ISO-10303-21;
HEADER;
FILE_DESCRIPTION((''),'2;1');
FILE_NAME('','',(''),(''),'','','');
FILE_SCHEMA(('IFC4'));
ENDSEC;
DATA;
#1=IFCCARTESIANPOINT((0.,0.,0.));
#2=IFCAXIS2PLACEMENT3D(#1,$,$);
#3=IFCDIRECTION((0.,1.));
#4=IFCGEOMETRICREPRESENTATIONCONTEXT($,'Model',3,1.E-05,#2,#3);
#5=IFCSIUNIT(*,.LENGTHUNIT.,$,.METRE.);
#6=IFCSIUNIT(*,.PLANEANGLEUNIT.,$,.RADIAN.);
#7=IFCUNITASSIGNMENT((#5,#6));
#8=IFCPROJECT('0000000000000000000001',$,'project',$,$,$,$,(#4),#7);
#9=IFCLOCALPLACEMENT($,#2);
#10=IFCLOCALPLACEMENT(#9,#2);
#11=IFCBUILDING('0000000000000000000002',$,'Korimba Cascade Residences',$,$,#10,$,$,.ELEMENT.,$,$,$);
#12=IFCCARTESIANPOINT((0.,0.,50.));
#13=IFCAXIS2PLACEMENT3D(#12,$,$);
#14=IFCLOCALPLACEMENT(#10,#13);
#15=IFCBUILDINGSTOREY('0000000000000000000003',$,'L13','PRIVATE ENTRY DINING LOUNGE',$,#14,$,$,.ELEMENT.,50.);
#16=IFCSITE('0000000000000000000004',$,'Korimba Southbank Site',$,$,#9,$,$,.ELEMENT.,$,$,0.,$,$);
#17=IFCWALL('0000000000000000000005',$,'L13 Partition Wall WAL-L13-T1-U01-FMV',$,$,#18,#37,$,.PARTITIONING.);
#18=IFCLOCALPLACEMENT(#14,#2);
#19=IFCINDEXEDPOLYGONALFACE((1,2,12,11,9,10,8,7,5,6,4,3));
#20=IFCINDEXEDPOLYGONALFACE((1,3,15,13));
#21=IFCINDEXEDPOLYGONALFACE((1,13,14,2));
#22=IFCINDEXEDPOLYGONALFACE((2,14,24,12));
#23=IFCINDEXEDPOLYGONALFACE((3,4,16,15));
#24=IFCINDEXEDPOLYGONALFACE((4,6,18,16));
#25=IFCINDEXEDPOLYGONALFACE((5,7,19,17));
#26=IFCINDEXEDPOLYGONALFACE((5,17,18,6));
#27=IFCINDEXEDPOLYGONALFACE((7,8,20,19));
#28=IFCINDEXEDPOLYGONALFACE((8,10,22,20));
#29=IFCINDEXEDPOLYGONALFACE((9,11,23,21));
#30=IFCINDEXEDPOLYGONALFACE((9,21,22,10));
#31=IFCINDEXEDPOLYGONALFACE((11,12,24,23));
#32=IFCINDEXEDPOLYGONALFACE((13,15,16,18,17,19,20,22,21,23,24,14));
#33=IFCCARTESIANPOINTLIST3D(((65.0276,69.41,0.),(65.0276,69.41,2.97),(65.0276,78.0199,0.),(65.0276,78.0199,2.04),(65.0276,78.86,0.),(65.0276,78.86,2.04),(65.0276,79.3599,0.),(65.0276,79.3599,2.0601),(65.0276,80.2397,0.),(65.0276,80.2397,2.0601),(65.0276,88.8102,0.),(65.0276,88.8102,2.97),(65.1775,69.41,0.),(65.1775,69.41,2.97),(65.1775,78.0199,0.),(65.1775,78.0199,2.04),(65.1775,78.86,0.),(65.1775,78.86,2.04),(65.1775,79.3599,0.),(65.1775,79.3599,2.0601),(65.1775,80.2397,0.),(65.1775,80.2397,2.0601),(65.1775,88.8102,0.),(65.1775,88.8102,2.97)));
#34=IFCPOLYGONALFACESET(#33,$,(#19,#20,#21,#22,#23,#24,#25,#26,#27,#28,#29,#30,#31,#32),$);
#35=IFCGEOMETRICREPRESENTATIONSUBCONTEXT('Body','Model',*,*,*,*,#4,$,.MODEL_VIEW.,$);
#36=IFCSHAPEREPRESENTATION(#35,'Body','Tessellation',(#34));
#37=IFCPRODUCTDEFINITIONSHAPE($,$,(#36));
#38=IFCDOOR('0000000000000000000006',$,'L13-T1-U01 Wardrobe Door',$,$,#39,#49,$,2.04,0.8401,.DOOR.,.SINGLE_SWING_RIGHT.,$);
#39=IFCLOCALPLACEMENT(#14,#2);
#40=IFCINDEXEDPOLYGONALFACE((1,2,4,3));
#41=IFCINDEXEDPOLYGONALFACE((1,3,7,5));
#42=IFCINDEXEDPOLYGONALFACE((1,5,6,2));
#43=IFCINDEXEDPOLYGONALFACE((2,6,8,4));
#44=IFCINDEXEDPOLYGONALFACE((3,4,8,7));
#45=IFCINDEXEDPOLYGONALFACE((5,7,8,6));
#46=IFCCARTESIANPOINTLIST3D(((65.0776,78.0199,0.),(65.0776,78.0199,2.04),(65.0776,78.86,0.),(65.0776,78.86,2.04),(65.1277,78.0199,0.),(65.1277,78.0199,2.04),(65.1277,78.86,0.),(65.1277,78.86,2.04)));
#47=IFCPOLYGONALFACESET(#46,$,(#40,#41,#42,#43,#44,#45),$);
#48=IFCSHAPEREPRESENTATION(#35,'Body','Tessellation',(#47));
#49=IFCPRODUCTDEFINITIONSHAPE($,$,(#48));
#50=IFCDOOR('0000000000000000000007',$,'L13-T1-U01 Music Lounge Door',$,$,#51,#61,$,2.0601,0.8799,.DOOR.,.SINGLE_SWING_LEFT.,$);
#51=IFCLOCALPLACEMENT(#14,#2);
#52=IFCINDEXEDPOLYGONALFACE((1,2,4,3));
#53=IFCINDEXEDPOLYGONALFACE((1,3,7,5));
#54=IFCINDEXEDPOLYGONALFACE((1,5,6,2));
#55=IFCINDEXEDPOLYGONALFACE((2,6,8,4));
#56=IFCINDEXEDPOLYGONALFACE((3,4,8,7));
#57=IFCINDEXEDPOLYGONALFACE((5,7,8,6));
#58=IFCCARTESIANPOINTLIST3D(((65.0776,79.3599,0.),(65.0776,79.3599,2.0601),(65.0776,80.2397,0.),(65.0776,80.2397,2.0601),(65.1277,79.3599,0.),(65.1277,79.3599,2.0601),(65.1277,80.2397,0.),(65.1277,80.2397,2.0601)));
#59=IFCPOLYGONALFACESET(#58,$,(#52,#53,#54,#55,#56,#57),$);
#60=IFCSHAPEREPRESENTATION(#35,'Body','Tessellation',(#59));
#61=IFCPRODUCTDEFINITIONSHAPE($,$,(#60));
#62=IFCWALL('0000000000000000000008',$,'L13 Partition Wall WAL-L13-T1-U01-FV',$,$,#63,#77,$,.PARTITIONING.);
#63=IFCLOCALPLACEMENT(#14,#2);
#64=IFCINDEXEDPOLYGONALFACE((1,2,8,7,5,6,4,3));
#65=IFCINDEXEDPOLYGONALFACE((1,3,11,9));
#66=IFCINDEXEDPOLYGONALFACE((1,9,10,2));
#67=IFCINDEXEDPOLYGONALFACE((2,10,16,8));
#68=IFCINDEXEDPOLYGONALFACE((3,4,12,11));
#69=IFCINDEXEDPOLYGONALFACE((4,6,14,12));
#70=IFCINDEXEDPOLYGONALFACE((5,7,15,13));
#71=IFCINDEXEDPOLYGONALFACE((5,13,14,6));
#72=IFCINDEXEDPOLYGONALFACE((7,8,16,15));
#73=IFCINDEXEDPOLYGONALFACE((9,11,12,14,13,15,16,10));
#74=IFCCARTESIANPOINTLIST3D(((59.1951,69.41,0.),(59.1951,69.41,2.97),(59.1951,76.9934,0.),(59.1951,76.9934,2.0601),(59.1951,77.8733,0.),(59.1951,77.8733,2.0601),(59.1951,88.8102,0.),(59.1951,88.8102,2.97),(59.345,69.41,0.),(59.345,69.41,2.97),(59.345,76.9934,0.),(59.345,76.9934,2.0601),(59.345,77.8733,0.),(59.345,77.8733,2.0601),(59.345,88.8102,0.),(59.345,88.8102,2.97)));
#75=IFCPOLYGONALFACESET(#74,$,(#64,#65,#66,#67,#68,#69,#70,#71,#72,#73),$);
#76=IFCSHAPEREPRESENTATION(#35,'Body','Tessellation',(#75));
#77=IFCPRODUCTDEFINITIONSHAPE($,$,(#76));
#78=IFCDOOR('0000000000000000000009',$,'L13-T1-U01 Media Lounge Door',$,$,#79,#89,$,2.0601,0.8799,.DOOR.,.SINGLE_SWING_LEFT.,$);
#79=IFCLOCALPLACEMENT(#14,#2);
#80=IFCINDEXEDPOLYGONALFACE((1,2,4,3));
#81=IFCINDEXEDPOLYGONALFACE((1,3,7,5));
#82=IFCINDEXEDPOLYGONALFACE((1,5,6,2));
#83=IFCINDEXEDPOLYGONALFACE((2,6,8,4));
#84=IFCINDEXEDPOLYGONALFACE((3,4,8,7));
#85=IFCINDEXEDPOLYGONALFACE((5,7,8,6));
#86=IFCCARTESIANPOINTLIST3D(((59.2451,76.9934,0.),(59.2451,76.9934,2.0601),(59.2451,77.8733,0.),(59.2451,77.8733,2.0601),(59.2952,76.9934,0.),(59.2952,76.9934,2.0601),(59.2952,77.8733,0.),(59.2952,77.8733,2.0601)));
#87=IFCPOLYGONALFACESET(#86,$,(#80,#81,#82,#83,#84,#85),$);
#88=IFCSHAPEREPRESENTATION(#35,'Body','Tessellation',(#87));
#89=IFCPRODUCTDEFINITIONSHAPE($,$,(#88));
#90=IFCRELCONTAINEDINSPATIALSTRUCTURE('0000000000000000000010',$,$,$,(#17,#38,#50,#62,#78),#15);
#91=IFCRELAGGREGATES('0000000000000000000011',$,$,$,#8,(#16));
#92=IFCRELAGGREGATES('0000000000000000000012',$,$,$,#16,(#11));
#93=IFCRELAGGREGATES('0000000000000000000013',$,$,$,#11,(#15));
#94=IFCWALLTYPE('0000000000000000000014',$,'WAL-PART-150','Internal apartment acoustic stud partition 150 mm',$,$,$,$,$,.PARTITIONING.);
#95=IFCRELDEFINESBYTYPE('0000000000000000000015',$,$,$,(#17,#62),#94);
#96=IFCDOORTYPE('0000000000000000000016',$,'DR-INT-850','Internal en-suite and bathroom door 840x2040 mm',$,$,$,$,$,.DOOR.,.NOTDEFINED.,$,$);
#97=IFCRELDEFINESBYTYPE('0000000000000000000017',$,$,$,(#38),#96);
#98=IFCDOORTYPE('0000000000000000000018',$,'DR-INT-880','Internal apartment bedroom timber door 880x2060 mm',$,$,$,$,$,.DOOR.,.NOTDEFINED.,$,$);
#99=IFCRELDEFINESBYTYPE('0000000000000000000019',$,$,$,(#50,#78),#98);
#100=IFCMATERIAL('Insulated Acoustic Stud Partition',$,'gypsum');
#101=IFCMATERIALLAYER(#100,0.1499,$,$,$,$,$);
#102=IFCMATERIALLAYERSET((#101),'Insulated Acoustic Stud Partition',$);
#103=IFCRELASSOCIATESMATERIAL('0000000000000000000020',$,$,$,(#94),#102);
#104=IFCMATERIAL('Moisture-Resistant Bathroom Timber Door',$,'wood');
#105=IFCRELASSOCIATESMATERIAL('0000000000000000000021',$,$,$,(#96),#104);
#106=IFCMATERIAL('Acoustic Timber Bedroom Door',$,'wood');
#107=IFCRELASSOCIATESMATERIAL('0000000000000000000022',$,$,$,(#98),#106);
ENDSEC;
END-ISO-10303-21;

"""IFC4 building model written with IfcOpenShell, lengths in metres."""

from ifc_helpers import new_model, si_unit, direction, frame, frame_2d, origin, place, context, subcontext, project, spatial, rectangle, extrude, material, layer, layer_set, type_object, element, fill, save


model = new_model("IFC4")

# Units and contexts
model_context = context("Model", 3, precision=1e-05, world=origin(), true_north=direction((0.0, 1.0)))
body_context = subcontext(model_context, "Body", "Model", "MODEL_VIEW")
ifc_project = project(units=[si_unit("LENGTHUNIT", "METRE"), si_unit("PLANEANGLEUNIT", "RADIAN")], contexts=[model_context])

# Site, building, storey
site_placement = place(None, origin())
site = spatial("IfcSite", under=ifc_project, at=site_placement, Name="Korimba Southbank Site", CompositionType="ELEMENT", RefElevation=0.0)
building_placement = place(site_placement, origin())
building = spatial("IfcBuilding", under=site, at=building_placement, Name="Korimba Cascade Residences", CompositionType="ELEMENT")
storey_placement = place(building_placement, frame((0.0, 0.0, 50.0)))
storey = spatial("IfcBuildingStorey", under=building, at=storey_placement, Name="L13", Description="PRIVATE ENTRY DINING LOUNGE", CompositionType="ELEMENT", Elevation=50.0)

# Shared definitions
ifc_material_1 = material(Name="Insulated Acoustic Stud Partition", Category="gypsum")
ifc_layer_1 = layer(ifc_material_1, 0.1499)
ifc_layer_set_1 = layer_set([ifc_layer_1], Name="Insulated Acoustic Stud Partition")
wall_type_1 = type_object("IfcWallType", Name="WAL-PART-150", Description="Internal apartment acoustic stud partition 150 mm", PredefinedType="PARTITIONING", material=ifc_layer_set_1)
ifc_material_2 = material(Name="Moisture-Resistant Bathroom Timber Door", Category="wood")
door_type_1 = type_object("IfcDoorType", Name="DR-INT-850", Description="Internal en-suite and bathroom door 840x2040 mm", OperationType="NOTDEFINED", PredefinedType="DOOR", material=ifc_material_2)

# Wall, openings, doors
wall_1_placement = place(storey_placement, frame((65.1025, 69.4099, 0.0), z_axis=(0.0, 0.0, 1.0), x_axis=(0.0, 1.0, 0.0)))
wall_1 = element("IfcWall", 1, at=wall_1_placement, inside=storey, type_object=wall_type_1, Name="L13 Partition Wall WAL-L13-T1-U01-FMV", PredefinedType="PARTITIONING", context=body_context, shape_type="SweptSolid", body=[
    extrude(rectangle(XDim=19.4001, YDim=0.1499, at=frame_2d((9.7002, 0.0))), origin(), (0.0, 0.0, 1.0), 2.97),
])
opening_1_placement = place(wall_1_placement, frame((8.6101, 0.0, 0.0)))
opening_1 = element("IfcOpeningElement", 2, at=opening_1_placement, cuts=wall_1, PredefinedType="OPENING", context=body_context, shape_type="SweptSolid", body=[
    extrude(rectangle(XDim=0.8401, YDim=2.04, at=frame_2d((0.4199, 1.02))), frame((0.0, 0.085, 0.0), z_axis=(0.0, -1.0, 0.0), x_axis=(1.0, 0.0, 0.0)), (0.0, 0.0, 1.0), 0.1699),
])
opening_2_placement = place(wall_1_placement, frame((9.95, 0.0, 0.0)))
opening_2 = element("IfcOpeningElement", 3, at=opening_2_placement, cuts=wall_1, PredefinedType="OPENING", context=body_context, shape_type="SweptSolid", body=[
    extrude(rectangle(XDim=0.8799, YDim=2.0601, at=frame_2d((0.4399, 1.03))), frame((0.0, 0.085, 0.0), z_axis=(0.0, -1.0, 0.0), x_axis=(1.0, 0.0, 0.0)), (0.0, 0.0, 1.0), 0.1699),
])
door_1_placement = place(opening_1_placement, origin())
door_1 = element("IfcDoor", 4, at=door_1_placement, inside=storey, type_object=door_type_1, Name="L13-T1-U01 Wardrobe Door", OperationType="SINGLE_SWING_RIGHT", OverallHeight=2.04, OverallWidth=0.8401, PredefinedType="DOOR", context=body_context, shape_type="SweptSolid", body=[
    extrude(rectangle(XDim=0.8401, YDim=2.04, at=frame_2d((0.4199, 1.02))), frame((0.0, 0.0249, 0.0), z_axis=(0.0, -1.0, 0.0), x_axis=(1.0, 0.0, 0.0)), (0.0, 0.0, 1.0), 0.05),
])
fill(opening_1, door_1)
ifc_material_3 = material(Name="Acoustic Timber Bedroom Door", Category="wood")
door_type_2 = type_object("IfcDoorType", Name="DR-INT-880", Description="Internal apartment bedroom timber door 880x2060 mm", OperationType="NOTDEFINED", PredefinedType="DOOR", material=ifc_material_3)
door_2_placement = place(opening_2_placement, origin())
door_2 = element("IfcDoor", 5, at=door_2_placement, inside=storey, type_object=door_type_2, Name="L13-T1-U01 Music Lounge Door", OperationType="SINGLE_SWING_LEFT", OverallHeight=2.0601, OverallWidth=0.8799, PredefinedType="DOOR", context=body_context, shape_type="SweptSolid", body=[
    extrude(rectangle(XDim=0.8799, YDim=2.0601, at=frame_2d((0.4399, 1.03))), frame((0.0, 0.0249, 0.0), z_axis=(0.0, -1.0, 0.0), x_axis=(1.0, 0.0, 0.0)), (0.0, 0.0, 1.0), 0.05),
])
fill(opening_2, door_2)

# Wall, opening, door
wall_2_placement = place(storey_placement, frame((59.27, 69.4099, 0.0), z_axis=(0.0, 0.0, 1.0), x_axis=(0.0, 1.0, 0.0)))
wall_2 = element("IfcWall", 6, at=wall_2_placement, inside=storey, type_object=wall_type_1, Name="L13 Partition Wall WAL-L13-T1-U01-FV", PredefinedType="PARTITIONING", context=body_context, shape_type="SweptSolid", body=[
    extrude(rectangle(XDim=19.4001, YDim=0.1499, at=frame_2d((9.7002, 0.0))), origin(), (0.0, 0.0, 1.0), 2.97),
])
opening_3_placement = place(wall_2_placement, frame((7.5835, 0.0, 0.0)))
opening_3 = element("IfcOpeningElement", 7, at=opening_3_placement, cuts=wall_2, PredefinedType="OPENING", context=body_context, shape_type="SweptSolid", body=[
    extrude(rectangle(XDim=0.8799, YDim=2.0601, at=frame_2d((0.4399, 1.03))), frame((0.0, 0.085, 0.0), z_axis=(0.0, -1.0, 0.0), x_axis=(1.0, 0.0, 0.0)), (0.0, 0.0, 1.0), 0.1699),
])
door_3_placement = place(opening_3_placement, origin())
door_3 = element("IfcDoor", 8, at=door_3_placement, inside=storey, type_object=door_type_2, Name="L13-T1-U01 Media Lounge Door", OperationType="SINGLE_SWING_LEFT", OverallHeight=2.0601, OverallWidth=0.8799, PredefinedType="DOOR", context=body_context, shape_type="SweptSolid", body=[
    extrude(rectangle(XDim=0.8799, YDim=2.0601, at=frame_2d((0.4399, 1.03))), frame((0.0, 0.0249, 0.0), z_axis=(0.0, -1.0, 0.0), x_axis=(1.0, 0.0, 0.0)), (0.0, 0.0, 1.0), 0.05),
])
fill(opening_3, door_3)

save(model, "model.ifc")
